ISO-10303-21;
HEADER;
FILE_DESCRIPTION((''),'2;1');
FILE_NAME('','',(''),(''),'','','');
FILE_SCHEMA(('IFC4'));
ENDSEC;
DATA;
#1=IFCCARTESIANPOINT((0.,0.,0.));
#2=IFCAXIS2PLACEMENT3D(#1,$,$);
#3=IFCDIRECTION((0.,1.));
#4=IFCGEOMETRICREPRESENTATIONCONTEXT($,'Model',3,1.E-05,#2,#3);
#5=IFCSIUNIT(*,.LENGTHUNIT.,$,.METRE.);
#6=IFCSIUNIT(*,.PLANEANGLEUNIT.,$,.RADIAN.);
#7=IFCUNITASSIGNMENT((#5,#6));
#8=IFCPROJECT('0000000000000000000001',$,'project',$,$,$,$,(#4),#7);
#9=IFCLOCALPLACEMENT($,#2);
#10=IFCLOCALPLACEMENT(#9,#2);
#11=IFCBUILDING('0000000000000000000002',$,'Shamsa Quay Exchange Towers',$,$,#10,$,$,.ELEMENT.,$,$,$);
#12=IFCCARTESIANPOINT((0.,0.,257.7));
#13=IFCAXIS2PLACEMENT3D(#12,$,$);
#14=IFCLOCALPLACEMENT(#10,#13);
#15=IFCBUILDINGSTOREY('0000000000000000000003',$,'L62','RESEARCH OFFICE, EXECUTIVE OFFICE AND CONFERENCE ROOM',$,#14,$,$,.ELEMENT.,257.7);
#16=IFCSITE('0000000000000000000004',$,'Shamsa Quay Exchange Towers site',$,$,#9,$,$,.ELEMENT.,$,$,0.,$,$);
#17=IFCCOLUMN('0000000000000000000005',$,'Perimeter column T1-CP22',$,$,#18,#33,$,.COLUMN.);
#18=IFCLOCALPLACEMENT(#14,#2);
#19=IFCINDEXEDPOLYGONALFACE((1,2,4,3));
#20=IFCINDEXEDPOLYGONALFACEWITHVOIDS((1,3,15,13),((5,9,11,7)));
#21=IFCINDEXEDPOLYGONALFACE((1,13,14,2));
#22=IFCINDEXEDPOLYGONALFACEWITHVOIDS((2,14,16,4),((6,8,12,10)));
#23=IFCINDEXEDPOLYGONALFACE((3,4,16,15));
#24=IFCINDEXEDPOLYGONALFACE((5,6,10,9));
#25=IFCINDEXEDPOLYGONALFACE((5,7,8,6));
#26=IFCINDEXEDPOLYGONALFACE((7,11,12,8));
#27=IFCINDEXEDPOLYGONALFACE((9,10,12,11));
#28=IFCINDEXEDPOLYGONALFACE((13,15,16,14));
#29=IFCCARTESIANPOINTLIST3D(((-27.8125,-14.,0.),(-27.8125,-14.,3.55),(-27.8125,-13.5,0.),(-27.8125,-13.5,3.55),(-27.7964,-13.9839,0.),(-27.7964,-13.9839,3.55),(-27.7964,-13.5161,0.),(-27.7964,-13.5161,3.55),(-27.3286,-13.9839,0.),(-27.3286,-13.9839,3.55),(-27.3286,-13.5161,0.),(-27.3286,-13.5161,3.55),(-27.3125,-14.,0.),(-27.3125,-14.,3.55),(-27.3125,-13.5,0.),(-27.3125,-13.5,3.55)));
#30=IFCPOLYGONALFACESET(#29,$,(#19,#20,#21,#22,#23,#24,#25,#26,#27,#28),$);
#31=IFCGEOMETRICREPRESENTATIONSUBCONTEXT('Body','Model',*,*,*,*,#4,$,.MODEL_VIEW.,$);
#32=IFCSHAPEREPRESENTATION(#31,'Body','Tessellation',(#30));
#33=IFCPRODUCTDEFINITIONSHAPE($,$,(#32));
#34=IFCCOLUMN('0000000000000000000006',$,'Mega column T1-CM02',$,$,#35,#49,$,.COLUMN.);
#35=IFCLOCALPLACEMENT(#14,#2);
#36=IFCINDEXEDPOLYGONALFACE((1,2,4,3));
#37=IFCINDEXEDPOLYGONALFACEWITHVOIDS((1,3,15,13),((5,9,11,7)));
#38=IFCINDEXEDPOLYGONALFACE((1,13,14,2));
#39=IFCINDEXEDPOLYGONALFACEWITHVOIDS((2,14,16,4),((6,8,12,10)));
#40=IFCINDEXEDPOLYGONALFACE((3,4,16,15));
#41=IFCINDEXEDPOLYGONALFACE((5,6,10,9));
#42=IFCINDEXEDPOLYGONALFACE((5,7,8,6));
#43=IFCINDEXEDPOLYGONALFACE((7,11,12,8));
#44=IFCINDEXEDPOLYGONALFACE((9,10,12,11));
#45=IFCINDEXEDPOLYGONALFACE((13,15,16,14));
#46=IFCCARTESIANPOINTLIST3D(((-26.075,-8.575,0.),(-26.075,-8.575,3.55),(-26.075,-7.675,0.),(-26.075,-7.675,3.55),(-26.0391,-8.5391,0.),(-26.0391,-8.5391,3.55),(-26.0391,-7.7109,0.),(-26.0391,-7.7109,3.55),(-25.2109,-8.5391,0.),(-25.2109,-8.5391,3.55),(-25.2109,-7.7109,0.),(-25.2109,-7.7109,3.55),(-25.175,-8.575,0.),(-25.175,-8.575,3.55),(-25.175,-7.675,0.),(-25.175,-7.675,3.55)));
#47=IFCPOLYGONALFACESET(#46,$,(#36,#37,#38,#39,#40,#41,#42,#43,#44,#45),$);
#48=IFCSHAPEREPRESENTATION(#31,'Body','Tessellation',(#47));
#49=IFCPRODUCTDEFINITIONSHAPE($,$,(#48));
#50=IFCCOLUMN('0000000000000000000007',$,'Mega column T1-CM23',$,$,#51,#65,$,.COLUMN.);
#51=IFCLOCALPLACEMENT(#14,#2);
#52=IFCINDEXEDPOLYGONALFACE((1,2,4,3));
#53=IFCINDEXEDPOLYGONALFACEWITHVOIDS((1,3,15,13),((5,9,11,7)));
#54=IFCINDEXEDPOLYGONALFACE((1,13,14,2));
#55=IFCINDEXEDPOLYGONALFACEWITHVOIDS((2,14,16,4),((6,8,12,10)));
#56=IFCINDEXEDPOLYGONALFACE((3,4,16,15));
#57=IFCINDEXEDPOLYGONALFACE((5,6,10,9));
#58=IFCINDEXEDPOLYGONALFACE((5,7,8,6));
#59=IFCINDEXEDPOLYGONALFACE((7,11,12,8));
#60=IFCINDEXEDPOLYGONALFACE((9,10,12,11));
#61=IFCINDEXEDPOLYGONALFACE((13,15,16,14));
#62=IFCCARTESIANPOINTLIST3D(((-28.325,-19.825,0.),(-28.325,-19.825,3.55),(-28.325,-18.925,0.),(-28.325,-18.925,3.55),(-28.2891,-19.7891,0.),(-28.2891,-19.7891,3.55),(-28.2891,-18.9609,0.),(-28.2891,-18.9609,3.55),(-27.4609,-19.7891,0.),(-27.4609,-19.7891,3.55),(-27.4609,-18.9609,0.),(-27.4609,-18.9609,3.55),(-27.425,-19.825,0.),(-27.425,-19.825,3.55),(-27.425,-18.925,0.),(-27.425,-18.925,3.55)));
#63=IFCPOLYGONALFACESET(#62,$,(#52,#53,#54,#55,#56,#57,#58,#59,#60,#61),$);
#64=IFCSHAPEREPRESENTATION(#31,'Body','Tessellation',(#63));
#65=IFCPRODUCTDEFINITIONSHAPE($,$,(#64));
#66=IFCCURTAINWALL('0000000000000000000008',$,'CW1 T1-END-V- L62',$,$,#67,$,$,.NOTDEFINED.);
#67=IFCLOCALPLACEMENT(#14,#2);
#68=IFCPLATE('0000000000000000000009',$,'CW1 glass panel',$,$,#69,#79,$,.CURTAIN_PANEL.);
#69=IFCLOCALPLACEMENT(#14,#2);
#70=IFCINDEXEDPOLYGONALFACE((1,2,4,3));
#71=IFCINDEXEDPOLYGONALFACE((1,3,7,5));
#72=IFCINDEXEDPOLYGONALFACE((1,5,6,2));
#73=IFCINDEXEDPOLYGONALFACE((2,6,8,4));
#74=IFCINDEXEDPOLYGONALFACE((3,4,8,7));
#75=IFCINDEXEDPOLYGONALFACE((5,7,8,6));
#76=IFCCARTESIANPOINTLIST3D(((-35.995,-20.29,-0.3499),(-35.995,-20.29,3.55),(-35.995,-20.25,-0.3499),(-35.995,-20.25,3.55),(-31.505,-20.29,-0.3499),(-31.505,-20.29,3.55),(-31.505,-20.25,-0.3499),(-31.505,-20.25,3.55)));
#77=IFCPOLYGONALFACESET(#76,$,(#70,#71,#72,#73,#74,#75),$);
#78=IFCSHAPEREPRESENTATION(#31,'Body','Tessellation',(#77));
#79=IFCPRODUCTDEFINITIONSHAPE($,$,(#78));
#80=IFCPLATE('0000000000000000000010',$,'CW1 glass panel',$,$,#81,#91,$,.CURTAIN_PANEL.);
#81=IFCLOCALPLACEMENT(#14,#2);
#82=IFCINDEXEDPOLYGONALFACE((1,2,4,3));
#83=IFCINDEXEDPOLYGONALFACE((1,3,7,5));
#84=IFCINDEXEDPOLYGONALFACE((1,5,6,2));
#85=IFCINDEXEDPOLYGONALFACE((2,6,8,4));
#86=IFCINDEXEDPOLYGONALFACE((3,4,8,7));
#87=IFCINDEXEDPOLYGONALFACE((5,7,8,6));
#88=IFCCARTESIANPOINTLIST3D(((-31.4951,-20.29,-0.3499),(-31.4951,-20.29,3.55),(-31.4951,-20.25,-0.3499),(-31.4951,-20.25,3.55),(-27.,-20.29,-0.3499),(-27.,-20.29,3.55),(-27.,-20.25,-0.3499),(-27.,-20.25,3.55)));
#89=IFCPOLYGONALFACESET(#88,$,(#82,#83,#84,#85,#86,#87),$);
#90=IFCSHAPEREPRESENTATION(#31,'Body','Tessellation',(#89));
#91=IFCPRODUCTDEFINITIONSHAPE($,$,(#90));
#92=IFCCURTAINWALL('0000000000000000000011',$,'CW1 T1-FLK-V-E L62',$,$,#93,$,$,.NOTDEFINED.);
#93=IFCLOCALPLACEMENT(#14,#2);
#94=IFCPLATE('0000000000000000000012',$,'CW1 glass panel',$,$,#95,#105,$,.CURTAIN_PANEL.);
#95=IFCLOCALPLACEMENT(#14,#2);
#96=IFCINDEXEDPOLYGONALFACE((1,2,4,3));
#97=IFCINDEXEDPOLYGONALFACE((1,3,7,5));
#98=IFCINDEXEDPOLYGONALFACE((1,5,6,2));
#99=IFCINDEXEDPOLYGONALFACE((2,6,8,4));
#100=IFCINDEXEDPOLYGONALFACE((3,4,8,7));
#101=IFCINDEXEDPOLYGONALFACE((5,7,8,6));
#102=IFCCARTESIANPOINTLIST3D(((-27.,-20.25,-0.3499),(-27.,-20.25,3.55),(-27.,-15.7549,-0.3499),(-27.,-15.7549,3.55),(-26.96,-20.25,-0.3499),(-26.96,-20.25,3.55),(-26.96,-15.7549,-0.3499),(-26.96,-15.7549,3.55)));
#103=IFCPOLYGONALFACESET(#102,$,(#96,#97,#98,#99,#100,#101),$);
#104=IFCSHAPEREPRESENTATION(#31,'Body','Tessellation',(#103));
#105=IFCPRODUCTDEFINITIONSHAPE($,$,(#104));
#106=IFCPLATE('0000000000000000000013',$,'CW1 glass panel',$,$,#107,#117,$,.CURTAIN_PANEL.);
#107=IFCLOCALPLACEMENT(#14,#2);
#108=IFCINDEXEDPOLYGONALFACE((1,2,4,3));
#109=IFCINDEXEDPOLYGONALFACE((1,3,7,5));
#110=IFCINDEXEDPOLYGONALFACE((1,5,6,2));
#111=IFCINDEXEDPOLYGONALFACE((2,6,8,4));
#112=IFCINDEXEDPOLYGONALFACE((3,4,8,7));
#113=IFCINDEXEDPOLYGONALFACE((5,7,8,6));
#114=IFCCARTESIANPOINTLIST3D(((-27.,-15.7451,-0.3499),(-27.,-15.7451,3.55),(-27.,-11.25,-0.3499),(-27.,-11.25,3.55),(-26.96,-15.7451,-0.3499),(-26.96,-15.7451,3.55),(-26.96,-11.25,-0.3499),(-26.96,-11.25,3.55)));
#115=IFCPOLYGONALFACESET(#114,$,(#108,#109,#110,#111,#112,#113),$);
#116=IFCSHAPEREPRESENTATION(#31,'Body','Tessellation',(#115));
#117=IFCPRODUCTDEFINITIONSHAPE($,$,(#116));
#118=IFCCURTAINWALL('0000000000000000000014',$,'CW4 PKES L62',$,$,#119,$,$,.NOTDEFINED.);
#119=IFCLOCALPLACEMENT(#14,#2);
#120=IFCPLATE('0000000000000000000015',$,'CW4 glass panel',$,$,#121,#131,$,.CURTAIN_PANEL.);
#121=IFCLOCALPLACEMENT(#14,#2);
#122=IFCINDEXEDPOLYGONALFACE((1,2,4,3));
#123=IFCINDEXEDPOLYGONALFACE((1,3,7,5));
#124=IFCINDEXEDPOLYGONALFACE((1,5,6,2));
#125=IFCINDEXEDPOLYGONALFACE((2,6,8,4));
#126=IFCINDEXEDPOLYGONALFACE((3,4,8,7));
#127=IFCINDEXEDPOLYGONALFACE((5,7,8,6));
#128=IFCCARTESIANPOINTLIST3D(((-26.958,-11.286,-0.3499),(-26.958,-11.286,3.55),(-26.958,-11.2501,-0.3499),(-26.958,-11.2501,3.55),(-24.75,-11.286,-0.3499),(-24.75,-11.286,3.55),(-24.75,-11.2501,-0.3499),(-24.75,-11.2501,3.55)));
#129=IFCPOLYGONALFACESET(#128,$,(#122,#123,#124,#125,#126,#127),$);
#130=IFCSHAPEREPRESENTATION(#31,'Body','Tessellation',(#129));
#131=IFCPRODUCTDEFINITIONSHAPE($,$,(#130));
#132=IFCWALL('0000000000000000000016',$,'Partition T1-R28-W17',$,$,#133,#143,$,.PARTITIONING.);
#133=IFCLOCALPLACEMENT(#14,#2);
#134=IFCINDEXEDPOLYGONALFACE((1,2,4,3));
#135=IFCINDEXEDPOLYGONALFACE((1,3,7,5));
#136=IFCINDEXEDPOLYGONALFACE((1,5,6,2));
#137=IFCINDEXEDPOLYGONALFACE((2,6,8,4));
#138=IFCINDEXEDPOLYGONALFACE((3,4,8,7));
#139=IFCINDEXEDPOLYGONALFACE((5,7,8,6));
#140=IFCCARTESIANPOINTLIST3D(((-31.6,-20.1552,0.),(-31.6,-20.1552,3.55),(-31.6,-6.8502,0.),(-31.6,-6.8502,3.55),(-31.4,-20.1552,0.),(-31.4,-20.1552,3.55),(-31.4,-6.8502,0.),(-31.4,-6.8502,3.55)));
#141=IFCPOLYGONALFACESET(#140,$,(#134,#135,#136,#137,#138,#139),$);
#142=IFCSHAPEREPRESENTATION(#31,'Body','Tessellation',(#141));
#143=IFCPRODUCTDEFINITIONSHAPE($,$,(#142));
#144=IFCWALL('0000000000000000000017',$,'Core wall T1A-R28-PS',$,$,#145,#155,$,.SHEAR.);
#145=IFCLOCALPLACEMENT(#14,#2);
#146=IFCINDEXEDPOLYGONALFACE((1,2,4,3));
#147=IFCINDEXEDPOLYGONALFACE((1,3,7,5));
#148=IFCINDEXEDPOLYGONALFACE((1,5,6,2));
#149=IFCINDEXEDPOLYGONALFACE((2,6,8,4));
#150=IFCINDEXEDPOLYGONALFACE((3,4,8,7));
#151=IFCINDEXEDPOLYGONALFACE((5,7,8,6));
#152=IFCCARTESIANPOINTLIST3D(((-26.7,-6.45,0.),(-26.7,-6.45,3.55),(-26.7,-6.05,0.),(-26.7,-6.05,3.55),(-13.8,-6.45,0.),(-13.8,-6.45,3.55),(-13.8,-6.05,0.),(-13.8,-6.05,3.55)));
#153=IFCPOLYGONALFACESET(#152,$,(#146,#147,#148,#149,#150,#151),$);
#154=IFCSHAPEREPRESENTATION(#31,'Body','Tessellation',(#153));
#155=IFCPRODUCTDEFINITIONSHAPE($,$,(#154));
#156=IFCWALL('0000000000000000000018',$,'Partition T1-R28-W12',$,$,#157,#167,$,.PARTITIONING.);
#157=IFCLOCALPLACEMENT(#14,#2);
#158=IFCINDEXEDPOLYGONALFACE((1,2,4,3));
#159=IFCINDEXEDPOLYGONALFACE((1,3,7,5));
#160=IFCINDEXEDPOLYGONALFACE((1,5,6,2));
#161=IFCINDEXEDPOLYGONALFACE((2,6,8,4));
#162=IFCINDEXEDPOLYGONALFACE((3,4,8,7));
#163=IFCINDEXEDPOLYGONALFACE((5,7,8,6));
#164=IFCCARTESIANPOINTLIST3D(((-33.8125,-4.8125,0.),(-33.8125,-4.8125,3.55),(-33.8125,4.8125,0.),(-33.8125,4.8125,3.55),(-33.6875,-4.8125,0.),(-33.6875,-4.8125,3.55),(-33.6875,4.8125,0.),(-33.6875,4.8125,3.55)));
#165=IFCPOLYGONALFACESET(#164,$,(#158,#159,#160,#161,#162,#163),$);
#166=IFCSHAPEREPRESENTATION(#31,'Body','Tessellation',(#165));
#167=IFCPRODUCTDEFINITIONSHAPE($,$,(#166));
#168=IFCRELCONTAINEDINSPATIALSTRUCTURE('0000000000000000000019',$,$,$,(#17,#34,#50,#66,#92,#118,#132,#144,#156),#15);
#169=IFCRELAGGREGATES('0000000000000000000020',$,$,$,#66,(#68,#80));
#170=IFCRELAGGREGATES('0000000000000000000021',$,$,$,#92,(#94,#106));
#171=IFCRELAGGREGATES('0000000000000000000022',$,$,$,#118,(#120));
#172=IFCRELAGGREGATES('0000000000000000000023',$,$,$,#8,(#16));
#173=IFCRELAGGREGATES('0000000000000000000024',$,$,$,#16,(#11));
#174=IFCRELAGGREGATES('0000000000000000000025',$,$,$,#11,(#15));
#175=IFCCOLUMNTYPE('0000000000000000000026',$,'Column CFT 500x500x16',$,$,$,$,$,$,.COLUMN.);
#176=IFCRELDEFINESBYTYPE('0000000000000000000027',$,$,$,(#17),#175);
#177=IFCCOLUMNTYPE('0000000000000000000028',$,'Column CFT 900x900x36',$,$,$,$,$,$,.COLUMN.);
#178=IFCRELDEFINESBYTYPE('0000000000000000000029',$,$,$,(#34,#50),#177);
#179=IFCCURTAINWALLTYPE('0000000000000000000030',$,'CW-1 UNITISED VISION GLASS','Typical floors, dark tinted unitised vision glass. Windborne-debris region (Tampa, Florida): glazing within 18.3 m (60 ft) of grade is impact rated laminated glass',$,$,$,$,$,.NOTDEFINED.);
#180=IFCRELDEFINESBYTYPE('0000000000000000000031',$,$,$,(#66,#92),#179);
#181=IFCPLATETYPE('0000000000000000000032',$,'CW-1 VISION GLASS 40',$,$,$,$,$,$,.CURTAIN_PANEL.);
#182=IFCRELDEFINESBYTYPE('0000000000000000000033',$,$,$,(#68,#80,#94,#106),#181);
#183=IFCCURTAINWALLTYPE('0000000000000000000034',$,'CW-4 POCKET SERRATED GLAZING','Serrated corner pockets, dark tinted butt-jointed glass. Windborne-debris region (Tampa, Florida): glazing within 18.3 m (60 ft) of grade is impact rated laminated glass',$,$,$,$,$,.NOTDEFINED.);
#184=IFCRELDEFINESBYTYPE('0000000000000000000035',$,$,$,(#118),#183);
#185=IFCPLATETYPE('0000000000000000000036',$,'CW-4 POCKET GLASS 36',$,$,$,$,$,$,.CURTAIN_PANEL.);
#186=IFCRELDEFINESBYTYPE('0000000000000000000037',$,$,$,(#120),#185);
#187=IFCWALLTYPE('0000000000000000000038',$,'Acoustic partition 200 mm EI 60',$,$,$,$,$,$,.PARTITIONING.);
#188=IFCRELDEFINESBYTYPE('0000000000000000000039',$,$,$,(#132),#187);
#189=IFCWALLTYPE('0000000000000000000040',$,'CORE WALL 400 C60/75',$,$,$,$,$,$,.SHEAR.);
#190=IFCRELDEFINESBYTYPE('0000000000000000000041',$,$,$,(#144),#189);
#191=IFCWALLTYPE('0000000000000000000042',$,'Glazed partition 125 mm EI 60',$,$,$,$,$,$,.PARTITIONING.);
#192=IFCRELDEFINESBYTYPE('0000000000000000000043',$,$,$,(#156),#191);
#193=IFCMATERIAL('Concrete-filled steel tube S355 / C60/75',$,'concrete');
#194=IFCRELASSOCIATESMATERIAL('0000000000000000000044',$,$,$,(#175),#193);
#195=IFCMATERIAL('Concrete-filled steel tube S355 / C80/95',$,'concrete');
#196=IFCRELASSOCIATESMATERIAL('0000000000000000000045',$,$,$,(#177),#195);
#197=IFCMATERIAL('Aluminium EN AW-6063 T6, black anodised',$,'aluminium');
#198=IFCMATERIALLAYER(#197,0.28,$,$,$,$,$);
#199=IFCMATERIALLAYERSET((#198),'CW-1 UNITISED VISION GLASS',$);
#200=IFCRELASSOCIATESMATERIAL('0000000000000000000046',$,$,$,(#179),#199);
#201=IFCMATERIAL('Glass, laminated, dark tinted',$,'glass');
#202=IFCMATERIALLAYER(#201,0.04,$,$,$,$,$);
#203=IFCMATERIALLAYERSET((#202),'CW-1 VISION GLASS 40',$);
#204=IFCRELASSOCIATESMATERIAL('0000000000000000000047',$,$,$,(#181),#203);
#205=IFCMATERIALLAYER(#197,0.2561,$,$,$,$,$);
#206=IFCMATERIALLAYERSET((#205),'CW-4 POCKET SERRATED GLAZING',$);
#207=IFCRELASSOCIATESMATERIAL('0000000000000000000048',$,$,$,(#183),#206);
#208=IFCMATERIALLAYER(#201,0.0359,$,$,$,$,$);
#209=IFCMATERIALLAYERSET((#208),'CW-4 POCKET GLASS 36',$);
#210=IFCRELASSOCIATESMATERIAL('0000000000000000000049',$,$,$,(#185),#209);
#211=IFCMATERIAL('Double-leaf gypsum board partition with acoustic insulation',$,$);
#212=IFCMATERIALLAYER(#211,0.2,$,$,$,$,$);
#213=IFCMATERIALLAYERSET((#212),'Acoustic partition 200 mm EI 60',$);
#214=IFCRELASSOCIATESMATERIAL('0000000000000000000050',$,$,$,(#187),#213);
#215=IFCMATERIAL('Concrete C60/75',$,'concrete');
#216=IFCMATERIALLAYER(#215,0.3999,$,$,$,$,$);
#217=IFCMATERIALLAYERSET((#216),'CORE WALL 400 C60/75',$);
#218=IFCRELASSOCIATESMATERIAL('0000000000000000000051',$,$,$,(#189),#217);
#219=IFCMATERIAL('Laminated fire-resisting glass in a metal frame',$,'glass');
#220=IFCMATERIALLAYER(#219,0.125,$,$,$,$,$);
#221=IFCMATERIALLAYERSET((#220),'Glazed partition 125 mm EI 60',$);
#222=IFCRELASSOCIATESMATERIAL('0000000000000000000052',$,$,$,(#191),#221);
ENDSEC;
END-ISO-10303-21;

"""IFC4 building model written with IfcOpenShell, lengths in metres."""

from ifc_helpers import new_model, si_unit, direction, frame, frame_2d, origin, origin_2d, place, context, subcontext, project, spatial, rectangle, hollow_rectangle, extrude, material, layer, layer_set, material_profile, profile_set, type_object, element, aggregate, save


model = new_model("IFC4")

# Units and contexts
model_context = context("Model", 3, precision=1e-05, world=origin(), true_north=direction((0.0, 1.0)))
body_context = subcontext(model_context, "Body", "Model", "MODEL_VIEW")
ifc_project = project(units=[si_unit("LENGTHUNIT", "METRE"), si_unit("PLANEANGLEUNIT", "RADIAN")], contexts=[model_context])

# Site, building, storey
site_placement = place(None, origin())
site = spatial("IfcSite", under=ifc_project, at=site_placement, Name="Shamsa Quay Exchange Towers site", CompositionType="ELEMENT", RefElevation=0.0)
building_placement = place(site_placement, origin())
building = spatial("IfcBuilding", under=site, at=building_placement, Name="Shamsa Quay Exchange Towers", CompositionType="ELEMENT")
storey_placement = place(building_placement, frame((0.0, 0.0, 257.7)))
storey = spatial("IfcBuildingStorey", under=building, at=storey_placement, Name="L62", Description="RESEARCH OFFICE, EXECUTIVE OFFICE AND CONFERENCE ROOM", CompositionType="ELEMENT", Elevation=257.7)

# Columns
ifc_material_1 = material(Name="Concrete-filled steel tube S355 / C60/75", Category="concrete")
ifc_material_profile_1 = material_profile(ifc_material_1, hollow_rectangle(XDim=0.5, YDim=0.5, WallThickness=0.0161, at=origin_2d()), Name="CFT 500x500x16")
ifc_profile_set_1 = profile_set([ifc_material_profile_1], Name="Concrete-filled steel tube S355 / C60/75")
column_type_1 = type_object("IfcColumnType", Name="Column CFT 500x500x16", PredefinedType="COLUMN", material=ifc_profile_set_1)
column_placement = place(storey_placement, frame((-27.5625, -13.75, 0.0)))
element("IfcColumn", 1, at=column_placement, inside=storey, type_object=column_type_1, Name="Perimeter column T1-CP22", PredefinedType="COLUMN", context=body_context, shape_type="SweptSolid", body=[
    extrude(hollow_rectangle(XDim=0.5, YDim=0.5, WallThickness=0.0161, at=origin_2d()), origin(), (0.0, 0.0, 1.0), 3.55),
])
ifc_material_2 = material(Name="Concrete-filled steel tube S355 / C80/95", Category="concrete")
ifc_material_profile_2 = material_profile(ifc_material_2, hollow_rectangle(XDim=0.8999, YDim=0.8999, WallThickness=0.0359, at=origin_2d()), Name="CFT 900x900x36")
ifc_profile_set_2 = profile_set([ifc_material_profile_2], Name="Concrete-filled steel tube S355 / C80/95")
column_type_2 = type_object("IfcColumnType", Name="Column CFT 900x900x36", PredefinedType="COLUMN", material=ifc_profile_set_2)
for number, where, name in (
    (2, (-25.625, -8.125, 0.0), "Mega column T1-CM02"),
    (3, (-27.875, -19.375, 0.0), "Mega column T1-CM23"),
):
    element("IfcColumn", number, at=place(storey_placement, frame(where)), inside=storey, type_object=column_type_2, Name=name, PredefinedType="COLUMN", context=body_context, shape_type="SweptSolid", body=[
        extrude(hollow_rectangle(XDim=0.8999, YDim=0.8999, WallThickness=0.0359, at=origin_2d()), origin(), (0.0, 0.0, 1.0), 3.55),
    ])

# Curtain walls, plates
ifc_material_3 = material(Name="Aluminium EN AW-6063 T6, black anodised", Category="aluminium")
ifc_layer_1 = layer(ifc_material_3, 0.28)
ifc_layer_set_1 = layer_set([ifc_layer_1], Name="CW-1 UNITISED VISION GLASS")
curtain_wall_type_1 = type_object("IfcCurtainWallType", Name="CW-1 UNITISED VISION GLASS", Description="Typical floors, dark tinted unitised vision glass. Windborne-debris region (Tampa, Florida): glazing within 18.3 m (60 ft) of grade is impact rated laminated glass", PredefinedType="NOTDEFINED", material=ifc_layer_set_1)
curtain_wall_1_placement = place(storey_placement, origin())
curtain_wall_1 = element("IfcCurtainWall", 4, at=curtain_wall_1_placement, inside=storey, type_object=curtain_wall_type_1, Name="CW1 T1-END-V- L62", PredefinedType="NOTDEFINED")
ifc_material_4 = material(Name="Glass, laminated, dark tinted", Category="glass")
ifc_layer_2 = layer(ifc_material_4, 0.04)
ifc_layer_set_2 = layer_set([ifc_layer_2], Name="CW-1 VISION GLASS 40")
plate_type_1 = type_object("IfcPlateType", Name="CW-1 VISION GLASS 40", PredefinedType="CURTAIN_PANEL", material=ifc_layer_set_2)
plate_1_placement = place(storey_placement, frame((-33.75, -20.27, -0.3499)))
plate_1 = element("IfcPlate", 5, at=plate_1_placement, type_object=plate_type_1, Name="CW1 glass panel", PredefinedType="CURTAIN_PANEL", context=body_context, shape_type="SweptSolid", body=[
    extrude(rectangle(XDim=4.49, YDim=0.04, at=origin_2d()), origin(), (0.0, 0.0, 1.0), 3.8999),
])
plate_2_placement = place(storey_placement, frame((-29.2476, -20.27, -0.3499)))
plate_2 = element("IfcPlate", 6, at=plate_2_placement, type_object=plate_type_1, Name="CW1 glass panel", PredefinedType="CURTAIN_PANEL", context=body_context, shape_type="SweptSolid", body=[
    extrude(rectangle(XDim=4.4951, YDim=0.04, at=origin_2d()), origin(), (0.0, 0.0, 1.0), 3.8999),
])
aggregate(curtain_wall_1, [plate_1, plate_2])
curtain_wall_2_placement = place(storey_placement, origin())
curtain_wall_2 = element("IfcCurtainWall", 7, at=curtain_wall_2_placement, inside=storey, type_object=curtain_wall_type_1, Name="CW1 T1-FLK-V-E L62", PredefinedType="NOTDEFINED")
plate_3_placement = place(storey_placement, frame((-26.98, -18.0024, -0.3499), z_axis=(0.0, 0.0, 1.0), x_axis=(0.0, 1.0, 0.0)))
plate_3 = element("IfcPlate", 8, at=plate_3_placement, type_object=plate_type_1, Name="CW1 glass panel", PredefinedType="CURTAIN_PANEL", context=body_context, shape_type="SweptSolid", body=[
    extrude(rectangle(XDim=4.4951, YDim=0.04, at=origin_2d()), origin(), (0.0, 0.0, 1.0), 3.8999),
])
plate_4_placement = place(storey_placement, frame((-26.98, -13.4976, -0.3499), z_axis=(0.0, 0.0, 1.0), x_axis=(0.0, 1.0, 0.0)))
plate_4 = element("IfcPlate", 9, at=plate_4_placement, type_object=plate_type_1, Name="CW1 glass panel", PredefinedType="CURTAIN_PANEL", context=body_context, shape_type="SweptSolid", body=[
    extrude(rectangle(XDim=4.4951, YDim=0.04, at=origin_2d()), origin(), (0.0, 0.0, 1.0), 3.8999),
])
aggregate(curtain_wall_2, [plate_3, plate_4])

# Curtain wall, plate
ifc_layer_3 = layer(ifc_material_3, 0.2561)
ifc_layer_set_3 = layer_set([ifc_layer_3], Name="CW-4 POCKET SERRATED GLAZING")
curtain_wall_type_2 = type_object("IfcCurtainWallType", Name="CW-4 POCKET SERRATED GLAZING", Description="Serrated corner pockets, dark tinted butt-jointed glass. Windborne-debris region (Tampa, Florida): glazing within 18.3 m (60 ft) of grade is impact rated laminated glass", PredefinedType="NOTDEFINED", material=ifc_layer_set_3)
curtain_wall_3_placement = place(storey_placement, origin())
curtain_wall_3 = element("IfcCurtainWall", 10, at=curtain_wall_3_placement, inside=storey, type_object=curtain_wall_type_2, Name="CW4 PKES L62", PredefinedType="NOTDEFINED")
ifc_layer_4 = layer(ifc_material_4, 0.0359)
ifc_layer_set_4 = layer_set([ifc_layer_4], Name="CW-4 POCKET GLASS 36")
plate_type_2 = type_object("IfcPlateType", Name="CW-4 POCKET GLASS 36", PredefinedType="CURTAIN_PANEL", material=ifc_layer_set_4)
plate_5_placement = place(storey_placement, frame((-25.854, -11.2681, -0.3499)))
plate_5 = element("IfcPlate", 11, at=plate_5_placement, type_object=plate_type_2, Name="CW4 glass panel", PredefinedType="CURTAIN_PANEL", context=body_context, shape_type="SweptSolid", body=[
    extrude(rectangle(XDim=2.208, YDim=0.0359, at=origin_2d()), origin(), (0.0, 0.0, 1.0), 3.8999),
])
aggregate(curtain_wall_3, [plate_5])

# Shared definitions
ifc_material_5 = material(Name="Double-leaf gypsum board partition with acoustic insulation")
ifc_layer_5 = layer(ifc_material_5, 0.2)
ifc_layer_set_5 = layer_set([ifc_layer_5], Name="Acoustic partition 200 mm EI 60")
wall_type_1 = type_object("IfcWallType", Name="Acoustic partition 200 mm EI 60", PredefinedType="PARTITIONING", material=ifc_layer_set_5)

# Walls
wall_1_placement = place(storey_placement, frame((-31.5, -20.155, 0.0), z_axis=(0.0, 0.0, 1.0), x_axis=(0.0, 1.0, 0.0)))
element("IfcWall", 12, at=wall_1_placement, inside=storey, type_object=wall_type_1, Name="Partition T1-R28-W17", PredefinedType="PARTITIONING", context=body_context, shape_type="SweptSolid", body=[
    extrude(rectangle(XDim=13.3049, YDim=0.2, at=frame_2d((6.6523, 0.0))), origin(), (0.0, 0.0, 1.0), 3.55),
])
ifc_material_6 = material(Name="Concrete C60/75", Category="concrete")
ifc_layer_6 = layer(ifc_material_6, 0.3999)
ifc_layer_set_6 = layer_set([ifc_layer_6], Name="CORE WALL 400 C60/75")
wall_type_2 = type_object("IfcWallType", Name="CORE WALL 400 C60/75", PredefinedType="SHEAR", material=ifc_layer_set_6)
wall_2_placement = place(storey_placement, frame((-26.7, -6.25, 0.0)))
element("IfcWall", 13, at=wall_2_placement, inside=storey, type_object=wall_type_2, Name="Core wall T1A-R28-PS", PredefinedType="SHEAR", context=body_context, shape_type="SweptSolid", body=[
    extrude(rectangle(XDim=12.8999, YDim=0.3999, at=frame_2d((6.45, 0.0))), origin(), (0.0, 0.0, 1.0), 3.55),
])
ifc_material_7 = material(Name="Laminated fire-resisting glass in a metal frame", Category="glass")
ifc_layer_7 = layer(ifc_material_7, 0.125)
ifc_layer_set_7 = layer_set([ifc_layer_7], Name="Glazed partition 125 mm EI 60")
wall_type_3 = type_object("IfcWallType", Name="Glazed partition 125 mm EI 60", PredefinedType="PARTITIONING", material=ifc_layer_set_7)
wall_3_placement = place(storey_placement, frame((-33.75, -4.8125, 0.0), z_axis=(0.0, 0.0, 1.0), x_axis=(0.0, 1.0, 0.0)))
element("IfcWall", 14, at=wall_3_placement, inside=storey, type_object=wall_type_3, Name="Partition T1-R28-W12", PredefinedType="PARTITIONING", context=body_context, shape_type="SweptSolid", body=[
    extrude(rectangle(XDim=9.625, YDim=0.125, at=frame_2d((4.8125, 0.0))), origin(), (0.0, 0.0, 1.0), 3.55),
])

save(model, "model.ifc")
